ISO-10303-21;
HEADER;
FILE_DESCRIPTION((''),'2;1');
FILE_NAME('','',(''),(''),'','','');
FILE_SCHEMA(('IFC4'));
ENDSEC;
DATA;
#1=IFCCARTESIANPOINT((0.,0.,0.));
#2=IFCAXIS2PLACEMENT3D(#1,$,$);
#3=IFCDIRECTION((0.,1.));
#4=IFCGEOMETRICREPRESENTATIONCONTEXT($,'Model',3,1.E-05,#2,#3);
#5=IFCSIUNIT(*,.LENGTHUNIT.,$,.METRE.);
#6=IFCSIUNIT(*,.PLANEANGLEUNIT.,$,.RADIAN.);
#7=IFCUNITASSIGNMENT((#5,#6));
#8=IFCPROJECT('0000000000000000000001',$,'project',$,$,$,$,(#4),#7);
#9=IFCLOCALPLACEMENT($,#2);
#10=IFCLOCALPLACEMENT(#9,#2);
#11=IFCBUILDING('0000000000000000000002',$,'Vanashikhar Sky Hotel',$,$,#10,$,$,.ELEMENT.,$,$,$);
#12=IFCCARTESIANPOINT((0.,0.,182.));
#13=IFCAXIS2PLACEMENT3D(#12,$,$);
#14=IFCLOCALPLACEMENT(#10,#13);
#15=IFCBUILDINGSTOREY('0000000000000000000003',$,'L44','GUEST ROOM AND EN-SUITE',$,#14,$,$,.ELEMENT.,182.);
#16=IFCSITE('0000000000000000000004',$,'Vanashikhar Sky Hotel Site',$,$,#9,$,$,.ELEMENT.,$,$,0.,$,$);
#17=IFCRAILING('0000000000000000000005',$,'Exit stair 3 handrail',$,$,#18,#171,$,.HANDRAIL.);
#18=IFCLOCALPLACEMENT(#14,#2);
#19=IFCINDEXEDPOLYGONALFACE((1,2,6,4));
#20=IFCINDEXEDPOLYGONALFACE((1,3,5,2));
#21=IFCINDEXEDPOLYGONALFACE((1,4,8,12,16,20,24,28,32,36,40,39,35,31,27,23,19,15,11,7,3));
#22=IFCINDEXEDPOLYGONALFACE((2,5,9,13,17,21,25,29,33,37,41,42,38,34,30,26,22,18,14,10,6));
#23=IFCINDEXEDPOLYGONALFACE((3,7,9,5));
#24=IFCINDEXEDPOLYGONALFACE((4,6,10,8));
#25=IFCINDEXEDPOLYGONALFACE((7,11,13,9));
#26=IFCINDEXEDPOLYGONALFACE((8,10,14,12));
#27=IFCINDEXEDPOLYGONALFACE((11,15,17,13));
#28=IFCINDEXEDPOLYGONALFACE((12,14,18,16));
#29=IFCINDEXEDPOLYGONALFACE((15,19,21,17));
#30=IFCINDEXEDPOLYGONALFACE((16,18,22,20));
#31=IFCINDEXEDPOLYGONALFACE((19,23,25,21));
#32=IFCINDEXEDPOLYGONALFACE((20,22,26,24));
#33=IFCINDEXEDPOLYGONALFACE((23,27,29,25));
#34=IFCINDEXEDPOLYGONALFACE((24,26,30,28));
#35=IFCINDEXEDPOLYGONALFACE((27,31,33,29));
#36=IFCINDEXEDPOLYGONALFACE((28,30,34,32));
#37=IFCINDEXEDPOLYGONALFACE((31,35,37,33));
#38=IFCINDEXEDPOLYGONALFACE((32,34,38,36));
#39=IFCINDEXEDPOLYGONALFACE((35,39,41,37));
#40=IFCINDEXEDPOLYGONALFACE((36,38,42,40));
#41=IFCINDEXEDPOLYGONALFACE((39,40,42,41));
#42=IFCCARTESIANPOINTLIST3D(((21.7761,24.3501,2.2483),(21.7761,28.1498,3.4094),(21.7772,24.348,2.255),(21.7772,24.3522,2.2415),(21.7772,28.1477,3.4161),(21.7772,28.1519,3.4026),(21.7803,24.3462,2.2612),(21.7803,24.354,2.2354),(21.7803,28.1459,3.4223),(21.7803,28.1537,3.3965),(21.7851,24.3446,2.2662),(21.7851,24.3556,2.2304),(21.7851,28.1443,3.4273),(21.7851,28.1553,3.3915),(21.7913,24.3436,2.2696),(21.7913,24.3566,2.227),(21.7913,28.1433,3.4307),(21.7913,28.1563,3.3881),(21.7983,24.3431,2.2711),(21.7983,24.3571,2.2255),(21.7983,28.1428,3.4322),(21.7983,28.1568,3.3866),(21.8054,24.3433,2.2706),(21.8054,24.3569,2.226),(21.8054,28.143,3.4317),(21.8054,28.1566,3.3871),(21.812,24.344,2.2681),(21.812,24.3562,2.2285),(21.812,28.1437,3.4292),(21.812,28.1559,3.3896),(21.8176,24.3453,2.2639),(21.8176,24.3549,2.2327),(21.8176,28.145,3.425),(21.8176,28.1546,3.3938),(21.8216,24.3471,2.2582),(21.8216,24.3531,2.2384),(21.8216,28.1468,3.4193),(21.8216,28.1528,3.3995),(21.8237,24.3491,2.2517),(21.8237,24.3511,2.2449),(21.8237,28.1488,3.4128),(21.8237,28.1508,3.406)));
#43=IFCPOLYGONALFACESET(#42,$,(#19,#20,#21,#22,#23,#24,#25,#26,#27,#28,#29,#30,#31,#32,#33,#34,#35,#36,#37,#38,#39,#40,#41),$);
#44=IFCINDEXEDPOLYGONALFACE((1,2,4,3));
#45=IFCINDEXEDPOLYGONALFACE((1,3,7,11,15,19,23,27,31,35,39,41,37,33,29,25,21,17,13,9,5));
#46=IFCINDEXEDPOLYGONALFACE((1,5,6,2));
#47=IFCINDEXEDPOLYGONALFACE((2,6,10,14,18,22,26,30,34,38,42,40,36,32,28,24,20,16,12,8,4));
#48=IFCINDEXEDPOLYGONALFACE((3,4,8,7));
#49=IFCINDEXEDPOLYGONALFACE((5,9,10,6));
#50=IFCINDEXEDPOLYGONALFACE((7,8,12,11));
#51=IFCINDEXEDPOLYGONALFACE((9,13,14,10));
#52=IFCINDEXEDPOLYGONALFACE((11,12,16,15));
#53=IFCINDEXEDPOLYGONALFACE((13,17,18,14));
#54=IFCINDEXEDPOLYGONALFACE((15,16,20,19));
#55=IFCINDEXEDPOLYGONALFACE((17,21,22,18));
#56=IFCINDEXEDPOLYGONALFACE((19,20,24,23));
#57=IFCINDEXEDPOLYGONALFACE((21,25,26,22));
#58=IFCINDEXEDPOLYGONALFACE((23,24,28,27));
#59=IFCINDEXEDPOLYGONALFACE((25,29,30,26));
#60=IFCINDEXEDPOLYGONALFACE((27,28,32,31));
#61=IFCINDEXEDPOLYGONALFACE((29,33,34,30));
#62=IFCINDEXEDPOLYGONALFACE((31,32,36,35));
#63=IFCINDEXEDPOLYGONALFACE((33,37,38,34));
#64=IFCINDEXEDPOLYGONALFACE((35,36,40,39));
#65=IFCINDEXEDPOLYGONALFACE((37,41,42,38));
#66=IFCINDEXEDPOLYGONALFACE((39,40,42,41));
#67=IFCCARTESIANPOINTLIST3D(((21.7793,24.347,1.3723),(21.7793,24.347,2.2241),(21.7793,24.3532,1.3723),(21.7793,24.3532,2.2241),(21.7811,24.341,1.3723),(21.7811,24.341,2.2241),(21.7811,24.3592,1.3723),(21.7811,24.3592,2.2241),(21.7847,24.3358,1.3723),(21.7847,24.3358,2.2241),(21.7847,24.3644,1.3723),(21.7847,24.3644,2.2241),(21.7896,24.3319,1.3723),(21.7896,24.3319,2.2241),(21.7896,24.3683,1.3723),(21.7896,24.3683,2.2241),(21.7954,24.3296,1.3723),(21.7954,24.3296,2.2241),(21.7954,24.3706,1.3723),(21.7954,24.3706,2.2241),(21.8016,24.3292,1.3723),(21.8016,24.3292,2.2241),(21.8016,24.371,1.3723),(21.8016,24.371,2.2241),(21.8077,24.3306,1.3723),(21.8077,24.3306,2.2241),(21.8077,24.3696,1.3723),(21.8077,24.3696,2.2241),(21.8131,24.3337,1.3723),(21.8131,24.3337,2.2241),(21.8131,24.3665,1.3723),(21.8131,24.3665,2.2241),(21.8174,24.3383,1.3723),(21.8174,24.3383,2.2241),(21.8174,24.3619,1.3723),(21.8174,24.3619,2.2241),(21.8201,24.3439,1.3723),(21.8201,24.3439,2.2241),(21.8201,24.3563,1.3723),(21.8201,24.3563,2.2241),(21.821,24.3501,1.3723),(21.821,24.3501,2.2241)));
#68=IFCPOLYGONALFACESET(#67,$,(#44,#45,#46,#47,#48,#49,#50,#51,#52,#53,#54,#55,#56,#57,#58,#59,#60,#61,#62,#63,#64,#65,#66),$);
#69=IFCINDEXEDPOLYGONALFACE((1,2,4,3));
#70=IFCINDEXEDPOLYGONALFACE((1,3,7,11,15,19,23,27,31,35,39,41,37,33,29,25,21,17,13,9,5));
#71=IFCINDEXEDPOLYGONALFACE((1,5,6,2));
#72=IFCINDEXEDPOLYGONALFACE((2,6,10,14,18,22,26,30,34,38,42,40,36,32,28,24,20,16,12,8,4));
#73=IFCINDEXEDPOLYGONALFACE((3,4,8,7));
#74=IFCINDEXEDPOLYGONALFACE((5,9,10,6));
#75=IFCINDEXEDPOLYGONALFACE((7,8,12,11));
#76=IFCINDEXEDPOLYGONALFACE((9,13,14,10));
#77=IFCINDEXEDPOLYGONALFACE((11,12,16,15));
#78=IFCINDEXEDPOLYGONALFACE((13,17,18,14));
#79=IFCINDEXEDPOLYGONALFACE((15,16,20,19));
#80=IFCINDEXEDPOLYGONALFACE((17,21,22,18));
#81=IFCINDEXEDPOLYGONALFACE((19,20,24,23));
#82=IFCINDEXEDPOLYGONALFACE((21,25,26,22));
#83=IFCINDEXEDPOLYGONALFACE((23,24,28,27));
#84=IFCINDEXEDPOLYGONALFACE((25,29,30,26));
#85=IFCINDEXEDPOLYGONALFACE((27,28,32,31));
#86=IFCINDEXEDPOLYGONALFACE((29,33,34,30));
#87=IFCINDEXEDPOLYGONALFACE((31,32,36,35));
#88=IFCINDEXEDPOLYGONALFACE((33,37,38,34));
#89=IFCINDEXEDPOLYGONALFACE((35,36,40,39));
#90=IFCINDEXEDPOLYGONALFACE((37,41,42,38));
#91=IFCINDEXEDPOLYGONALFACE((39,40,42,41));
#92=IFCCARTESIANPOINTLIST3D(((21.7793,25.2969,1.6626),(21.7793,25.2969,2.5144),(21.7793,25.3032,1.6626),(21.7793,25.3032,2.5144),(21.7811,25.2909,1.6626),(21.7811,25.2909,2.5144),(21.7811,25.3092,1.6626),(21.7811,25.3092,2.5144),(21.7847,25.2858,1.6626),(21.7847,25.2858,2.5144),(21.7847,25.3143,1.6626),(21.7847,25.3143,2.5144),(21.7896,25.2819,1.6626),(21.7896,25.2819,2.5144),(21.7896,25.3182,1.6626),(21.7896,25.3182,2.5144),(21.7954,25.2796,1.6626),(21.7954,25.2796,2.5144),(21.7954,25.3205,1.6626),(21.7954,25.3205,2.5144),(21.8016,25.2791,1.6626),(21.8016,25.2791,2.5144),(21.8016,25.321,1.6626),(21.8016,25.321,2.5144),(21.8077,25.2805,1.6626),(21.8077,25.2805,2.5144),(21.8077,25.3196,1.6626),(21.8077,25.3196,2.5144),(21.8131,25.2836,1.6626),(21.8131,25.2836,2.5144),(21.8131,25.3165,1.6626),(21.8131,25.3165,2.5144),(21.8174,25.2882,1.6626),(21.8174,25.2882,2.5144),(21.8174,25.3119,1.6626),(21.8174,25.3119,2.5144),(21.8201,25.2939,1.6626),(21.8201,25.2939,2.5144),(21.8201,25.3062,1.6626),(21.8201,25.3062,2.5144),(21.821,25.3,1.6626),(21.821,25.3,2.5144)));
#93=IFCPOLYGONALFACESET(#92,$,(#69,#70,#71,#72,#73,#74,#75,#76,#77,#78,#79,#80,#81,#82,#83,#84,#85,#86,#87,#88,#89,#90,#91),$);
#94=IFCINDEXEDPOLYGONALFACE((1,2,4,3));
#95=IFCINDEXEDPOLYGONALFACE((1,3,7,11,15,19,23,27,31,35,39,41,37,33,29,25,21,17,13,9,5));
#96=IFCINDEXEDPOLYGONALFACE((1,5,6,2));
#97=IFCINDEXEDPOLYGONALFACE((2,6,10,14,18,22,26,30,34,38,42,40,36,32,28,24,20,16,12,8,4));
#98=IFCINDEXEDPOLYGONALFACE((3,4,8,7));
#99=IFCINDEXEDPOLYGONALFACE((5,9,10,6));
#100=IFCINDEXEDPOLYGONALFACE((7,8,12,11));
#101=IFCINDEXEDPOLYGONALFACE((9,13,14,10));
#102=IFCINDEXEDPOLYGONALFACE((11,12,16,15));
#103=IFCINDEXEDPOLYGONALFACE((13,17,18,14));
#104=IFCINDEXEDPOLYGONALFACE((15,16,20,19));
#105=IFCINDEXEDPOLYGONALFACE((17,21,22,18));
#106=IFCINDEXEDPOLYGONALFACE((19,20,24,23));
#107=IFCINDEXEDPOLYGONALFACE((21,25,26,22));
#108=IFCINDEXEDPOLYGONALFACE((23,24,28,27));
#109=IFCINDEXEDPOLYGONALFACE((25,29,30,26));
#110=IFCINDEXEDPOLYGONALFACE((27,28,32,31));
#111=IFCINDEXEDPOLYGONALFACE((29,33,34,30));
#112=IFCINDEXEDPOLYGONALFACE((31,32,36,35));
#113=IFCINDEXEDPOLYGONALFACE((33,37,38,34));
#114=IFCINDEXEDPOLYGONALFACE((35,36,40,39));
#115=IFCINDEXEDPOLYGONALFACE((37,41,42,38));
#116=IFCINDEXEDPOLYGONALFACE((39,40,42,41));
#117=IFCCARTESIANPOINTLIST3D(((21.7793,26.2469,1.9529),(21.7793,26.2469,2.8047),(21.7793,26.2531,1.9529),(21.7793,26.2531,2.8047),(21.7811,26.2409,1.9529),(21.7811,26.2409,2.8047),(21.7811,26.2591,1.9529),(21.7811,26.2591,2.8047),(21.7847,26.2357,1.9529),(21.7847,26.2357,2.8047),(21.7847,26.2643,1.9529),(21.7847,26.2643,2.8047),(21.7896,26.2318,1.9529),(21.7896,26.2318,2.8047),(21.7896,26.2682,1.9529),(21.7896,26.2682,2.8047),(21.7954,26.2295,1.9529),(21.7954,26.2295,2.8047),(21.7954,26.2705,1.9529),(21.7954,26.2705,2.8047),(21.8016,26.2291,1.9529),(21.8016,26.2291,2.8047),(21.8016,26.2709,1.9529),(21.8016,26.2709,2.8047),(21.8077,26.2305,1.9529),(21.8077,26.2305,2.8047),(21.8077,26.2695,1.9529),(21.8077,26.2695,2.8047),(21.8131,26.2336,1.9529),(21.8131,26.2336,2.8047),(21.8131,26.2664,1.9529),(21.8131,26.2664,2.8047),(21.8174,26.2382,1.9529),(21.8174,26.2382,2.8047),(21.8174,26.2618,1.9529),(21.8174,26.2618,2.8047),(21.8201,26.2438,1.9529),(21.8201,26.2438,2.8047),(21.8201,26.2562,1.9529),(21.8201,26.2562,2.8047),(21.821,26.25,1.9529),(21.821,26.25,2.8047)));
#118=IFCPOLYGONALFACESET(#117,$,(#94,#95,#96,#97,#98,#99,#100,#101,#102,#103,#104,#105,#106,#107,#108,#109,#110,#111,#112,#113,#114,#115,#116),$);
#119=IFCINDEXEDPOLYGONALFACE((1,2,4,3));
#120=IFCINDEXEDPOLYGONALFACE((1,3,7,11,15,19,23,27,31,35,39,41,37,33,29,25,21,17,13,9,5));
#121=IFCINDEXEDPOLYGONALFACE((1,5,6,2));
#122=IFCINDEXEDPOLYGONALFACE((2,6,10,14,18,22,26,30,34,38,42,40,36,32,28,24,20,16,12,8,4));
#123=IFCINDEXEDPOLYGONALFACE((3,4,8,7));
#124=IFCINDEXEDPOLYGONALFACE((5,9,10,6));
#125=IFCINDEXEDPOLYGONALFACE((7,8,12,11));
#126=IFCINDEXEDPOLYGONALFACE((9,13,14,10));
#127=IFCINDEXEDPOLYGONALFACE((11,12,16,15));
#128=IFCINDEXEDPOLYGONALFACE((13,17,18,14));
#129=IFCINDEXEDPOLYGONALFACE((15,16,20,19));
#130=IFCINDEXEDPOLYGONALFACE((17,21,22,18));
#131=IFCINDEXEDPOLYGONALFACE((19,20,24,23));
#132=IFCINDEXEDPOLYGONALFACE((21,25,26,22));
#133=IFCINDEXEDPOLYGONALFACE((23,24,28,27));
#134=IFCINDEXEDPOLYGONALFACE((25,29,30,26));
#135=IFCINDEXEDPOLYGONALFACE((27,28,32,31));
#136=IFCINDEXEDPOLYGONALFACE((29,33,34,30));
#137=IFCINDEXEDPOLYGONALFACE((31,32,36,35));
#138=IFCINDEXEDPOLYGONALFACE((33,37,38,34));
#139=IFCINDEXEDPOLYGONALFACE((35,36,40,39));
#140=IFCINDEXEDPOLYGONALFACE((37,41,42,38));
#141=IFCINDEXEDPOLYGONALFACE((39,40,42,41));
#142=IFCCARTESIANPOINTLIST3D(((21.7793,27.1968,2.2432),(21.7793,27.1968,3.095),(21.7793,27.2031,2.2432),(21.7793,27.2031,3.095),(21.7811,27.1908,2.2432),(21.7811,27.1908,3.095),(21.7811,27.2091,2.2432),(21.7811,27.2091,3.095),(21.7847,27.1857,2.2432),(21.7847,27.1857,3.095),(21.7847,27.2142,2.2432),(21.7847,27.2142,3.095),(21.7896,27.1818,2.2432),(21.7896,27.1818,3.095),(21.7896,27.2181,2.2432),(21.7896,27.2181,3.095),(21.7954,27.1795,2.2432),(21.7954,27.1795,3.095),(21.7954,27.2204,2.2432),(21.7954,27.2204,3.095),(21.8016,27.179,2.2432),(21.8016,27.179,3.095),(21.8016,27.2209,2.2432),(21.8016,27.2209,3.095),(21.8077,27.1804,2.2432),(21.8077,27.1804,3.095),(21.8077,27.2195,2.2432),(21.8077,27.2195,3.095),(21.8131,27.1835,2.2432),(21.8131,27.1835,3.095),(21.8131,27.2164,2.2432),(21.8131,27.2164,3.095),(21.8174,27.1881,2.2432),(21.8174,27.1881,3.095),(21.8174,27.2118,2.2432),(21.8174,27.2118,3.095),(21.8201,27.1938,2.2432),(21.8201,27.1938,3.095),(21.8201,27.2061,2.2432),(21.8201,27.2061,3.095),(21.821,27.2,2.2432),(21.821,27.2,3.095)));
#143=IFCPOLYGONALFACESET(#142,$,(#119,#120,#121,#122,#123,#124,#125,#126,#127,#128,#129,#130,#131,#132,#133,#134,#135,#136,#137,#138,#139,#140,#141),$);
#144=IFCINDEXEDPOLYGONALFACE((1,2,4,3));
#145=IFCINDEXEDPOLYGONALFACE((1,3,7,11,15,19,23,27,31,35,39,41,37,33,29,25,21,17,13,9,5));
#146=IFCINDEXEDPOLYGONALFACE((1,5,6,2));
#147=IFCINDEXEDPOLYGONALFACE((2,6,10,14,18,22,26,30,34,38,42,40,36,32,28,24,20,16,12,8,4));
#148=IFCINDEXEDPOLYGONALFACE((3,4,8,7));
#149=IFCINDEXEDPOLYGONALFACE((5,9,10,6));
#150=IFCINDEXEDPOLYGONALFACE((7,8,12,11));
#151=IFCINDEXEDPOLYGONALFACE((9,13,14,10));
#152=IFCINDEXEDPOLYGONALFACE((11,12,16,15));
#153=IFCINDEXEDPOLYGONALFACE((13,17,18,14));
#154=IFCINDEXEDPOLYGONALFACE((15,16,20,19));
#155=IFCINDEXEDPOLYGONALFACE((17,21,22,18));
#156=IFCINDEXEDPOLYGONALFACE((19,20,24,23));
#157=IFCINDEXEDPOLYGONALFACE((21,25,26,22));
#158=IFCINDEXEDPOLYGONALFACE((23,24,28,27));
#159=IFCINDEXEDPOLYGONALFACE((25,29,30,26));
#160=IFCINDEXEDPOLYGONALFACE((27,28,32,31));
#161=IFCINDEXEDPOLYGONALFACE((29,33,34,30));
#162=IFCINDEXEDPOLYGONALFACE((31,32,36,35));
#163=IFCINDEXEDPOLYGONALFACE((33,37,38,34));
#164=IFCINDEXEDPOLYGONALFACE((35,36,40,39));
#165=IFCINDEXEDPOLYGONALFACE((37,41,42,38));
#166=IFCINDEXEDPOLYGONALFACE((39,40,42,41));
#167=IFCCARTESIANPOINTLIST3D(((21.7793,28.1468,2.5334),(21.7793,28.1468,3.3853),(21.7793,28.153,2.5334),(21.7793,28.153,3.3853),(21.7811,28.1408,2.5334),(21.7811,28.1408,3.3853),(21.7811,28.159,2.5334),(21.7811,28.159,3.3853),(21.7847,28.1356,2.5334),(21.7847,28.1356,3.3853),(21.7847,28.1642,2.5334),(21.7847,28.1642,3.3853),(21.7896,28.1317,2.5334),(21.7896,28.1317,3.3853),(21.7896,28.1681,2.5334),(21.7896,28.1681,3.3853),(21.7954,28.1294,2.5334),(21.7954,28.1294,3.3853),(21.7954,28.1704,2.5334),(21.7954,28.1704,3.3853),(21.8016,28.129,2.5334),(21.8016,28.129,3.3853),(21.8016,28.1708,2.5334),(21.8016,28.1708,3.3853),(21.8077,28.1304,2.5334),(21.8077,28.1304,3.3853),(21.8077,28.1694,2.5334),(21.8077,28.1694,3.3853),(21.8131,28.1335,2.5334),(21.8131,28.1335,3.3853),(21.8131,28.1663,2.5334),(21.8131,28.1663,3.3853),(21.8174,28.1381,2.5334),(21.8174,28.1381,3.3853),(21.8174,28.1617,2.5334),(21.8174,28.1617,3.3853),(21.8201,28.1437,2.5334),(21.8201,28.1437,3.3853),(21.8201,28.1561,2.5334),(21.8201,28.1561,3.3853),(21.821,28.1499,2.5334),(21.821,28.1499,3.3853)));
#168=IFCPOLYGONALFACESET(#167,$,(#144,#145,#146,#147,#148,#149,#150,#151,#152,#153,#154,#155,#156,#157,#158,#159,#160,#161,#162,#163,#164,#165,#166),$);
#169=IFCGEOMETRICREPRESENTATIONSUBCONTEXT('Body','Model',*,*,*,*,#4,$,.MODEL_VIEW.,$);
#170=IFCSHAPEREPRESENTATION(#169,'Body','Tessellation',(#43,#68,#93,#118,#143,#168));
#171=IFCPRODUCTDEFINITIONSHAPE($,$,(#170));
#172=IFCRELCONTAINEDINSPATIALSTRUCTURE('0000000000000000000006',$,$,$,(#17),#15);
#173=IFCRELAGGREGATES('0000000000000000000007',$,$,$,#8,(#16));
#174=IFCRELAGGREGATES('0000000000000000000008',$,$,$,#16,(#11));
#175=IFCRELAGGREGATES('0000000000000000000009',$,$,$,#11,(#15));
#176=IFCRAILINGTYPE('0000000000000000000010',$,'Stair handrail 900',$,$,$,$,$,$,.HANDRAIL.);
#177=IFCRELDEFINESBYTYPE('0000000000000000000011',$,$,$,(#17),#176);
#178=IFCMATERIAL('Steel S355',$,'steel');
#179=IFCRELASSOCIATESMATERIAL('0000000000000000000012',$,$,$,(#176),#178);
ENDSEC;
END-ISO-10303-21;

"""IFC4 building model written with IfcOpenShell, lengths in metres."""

from ifc_helpers import new_model, si_unit, direction, frame, origin, origin_2d, place, context, subcontext, project, spatial, circle, extrude, source, transform, mapped, material, type_object, element, save


model = new_model("IFC4")

# Units and contexts
model_context = context("Model", 3, precision=1e-05, world=origin(), true_north=direction((0.0, 1.0)))
body_context = subcontext(model_context, "Body", "Model", "MODEL_VIEW")
ifc_project = project(units=[si_unit("LENGTHUNIT", "METRE"), si_unit("PLANEANGLEUNIT", "RADIAN")], contexts=[model_context])

# Site, building, storey
site_placement = place(None, origin())
site = spatial("IfcSite", under=ifc_project, at=site_placement, Name="Vanashikhar Sky Hotel Site", CompositionType="ELEMENT", RefElevation=0.0)
building_placement = place(site_placement, origin())
building = spatial("IfcBuilding", under=site, at=building_placement, Name="Vanashikhar Sky Hotel", CompositionType="ELEMENT")
storey_placement = place(building_placement, frame((0.0, 0.0, 182.0)))
storey = spatial("IfcBuildingStorey", under=building, at=storey_placement, Name="L44", Description="GUEST ROOM AND EN-SUITE", CompositionType="ELEMENT", Elevation=182.0)

# Railing
ifc_material_1 = material(Name="Steel S355", Category="steel")
railing_type_1 = type_object("IfcRailingType", Name="Stair handrail 900", PredefinedType="HANDRAIL", material=ifc_material_1)
shared_shape_1 = source(origin(), body_context, "Body", "SweptSolid", [
    extrude(circle(Radius=0.0239, at=origin_2d()), frame((0.0, 0.0, 0.876), z_axis=(0.0, 0.956346, 0.292237), x_axis=(-1.0, 0.0, 0.0)), (0.0, 0.0, 1.0), 3.9731),
    extrude(circle(Radius=0.021, at=origin_2d()), origin(), (0.0, 0.0, 1.0), 0.8518),
    extrude(circle(Radius=0.021, at=origin_2d()), frame((0.0, 0.95, 0.2903)), (0.0, 0.0, 1.0), 0.8518),
    extrude(circle(Radius=0.021, at=origin_2d()), frame((0.0, 1.8999, 0.5806)), (0.0, 0.0, 1.0), 0.8518),
    extrude(circle(Radius=0.021, at=origin_2d()), frame((0.0, 2.8499, 0.8708)), (0.0, 0.0, 1.0), 0.8518),
    extrude(circle(Radius=0.021, at=origin_2d()), frame((0.0, 3.7998, 1.1611)), (0.0, 0.0, 1.0), 0.8518),
])
railing_1_placement = place(storey_placement, frame((21.8, 24.3501, 1.3723)))
element("IfcRailing", 1, at=railing_1_placement, inside=storey, type_object=railing_type_1, Name="Exit stair 3 handrail", PredefinedType="HANDRAIL", context=body_context, shape_type="MappedRepresentation", body=[
    mapped(shared_shape_1, transform((0.0, 0.0, 0.0), scale=1.0)),
])

save(model, "model.ifc")
